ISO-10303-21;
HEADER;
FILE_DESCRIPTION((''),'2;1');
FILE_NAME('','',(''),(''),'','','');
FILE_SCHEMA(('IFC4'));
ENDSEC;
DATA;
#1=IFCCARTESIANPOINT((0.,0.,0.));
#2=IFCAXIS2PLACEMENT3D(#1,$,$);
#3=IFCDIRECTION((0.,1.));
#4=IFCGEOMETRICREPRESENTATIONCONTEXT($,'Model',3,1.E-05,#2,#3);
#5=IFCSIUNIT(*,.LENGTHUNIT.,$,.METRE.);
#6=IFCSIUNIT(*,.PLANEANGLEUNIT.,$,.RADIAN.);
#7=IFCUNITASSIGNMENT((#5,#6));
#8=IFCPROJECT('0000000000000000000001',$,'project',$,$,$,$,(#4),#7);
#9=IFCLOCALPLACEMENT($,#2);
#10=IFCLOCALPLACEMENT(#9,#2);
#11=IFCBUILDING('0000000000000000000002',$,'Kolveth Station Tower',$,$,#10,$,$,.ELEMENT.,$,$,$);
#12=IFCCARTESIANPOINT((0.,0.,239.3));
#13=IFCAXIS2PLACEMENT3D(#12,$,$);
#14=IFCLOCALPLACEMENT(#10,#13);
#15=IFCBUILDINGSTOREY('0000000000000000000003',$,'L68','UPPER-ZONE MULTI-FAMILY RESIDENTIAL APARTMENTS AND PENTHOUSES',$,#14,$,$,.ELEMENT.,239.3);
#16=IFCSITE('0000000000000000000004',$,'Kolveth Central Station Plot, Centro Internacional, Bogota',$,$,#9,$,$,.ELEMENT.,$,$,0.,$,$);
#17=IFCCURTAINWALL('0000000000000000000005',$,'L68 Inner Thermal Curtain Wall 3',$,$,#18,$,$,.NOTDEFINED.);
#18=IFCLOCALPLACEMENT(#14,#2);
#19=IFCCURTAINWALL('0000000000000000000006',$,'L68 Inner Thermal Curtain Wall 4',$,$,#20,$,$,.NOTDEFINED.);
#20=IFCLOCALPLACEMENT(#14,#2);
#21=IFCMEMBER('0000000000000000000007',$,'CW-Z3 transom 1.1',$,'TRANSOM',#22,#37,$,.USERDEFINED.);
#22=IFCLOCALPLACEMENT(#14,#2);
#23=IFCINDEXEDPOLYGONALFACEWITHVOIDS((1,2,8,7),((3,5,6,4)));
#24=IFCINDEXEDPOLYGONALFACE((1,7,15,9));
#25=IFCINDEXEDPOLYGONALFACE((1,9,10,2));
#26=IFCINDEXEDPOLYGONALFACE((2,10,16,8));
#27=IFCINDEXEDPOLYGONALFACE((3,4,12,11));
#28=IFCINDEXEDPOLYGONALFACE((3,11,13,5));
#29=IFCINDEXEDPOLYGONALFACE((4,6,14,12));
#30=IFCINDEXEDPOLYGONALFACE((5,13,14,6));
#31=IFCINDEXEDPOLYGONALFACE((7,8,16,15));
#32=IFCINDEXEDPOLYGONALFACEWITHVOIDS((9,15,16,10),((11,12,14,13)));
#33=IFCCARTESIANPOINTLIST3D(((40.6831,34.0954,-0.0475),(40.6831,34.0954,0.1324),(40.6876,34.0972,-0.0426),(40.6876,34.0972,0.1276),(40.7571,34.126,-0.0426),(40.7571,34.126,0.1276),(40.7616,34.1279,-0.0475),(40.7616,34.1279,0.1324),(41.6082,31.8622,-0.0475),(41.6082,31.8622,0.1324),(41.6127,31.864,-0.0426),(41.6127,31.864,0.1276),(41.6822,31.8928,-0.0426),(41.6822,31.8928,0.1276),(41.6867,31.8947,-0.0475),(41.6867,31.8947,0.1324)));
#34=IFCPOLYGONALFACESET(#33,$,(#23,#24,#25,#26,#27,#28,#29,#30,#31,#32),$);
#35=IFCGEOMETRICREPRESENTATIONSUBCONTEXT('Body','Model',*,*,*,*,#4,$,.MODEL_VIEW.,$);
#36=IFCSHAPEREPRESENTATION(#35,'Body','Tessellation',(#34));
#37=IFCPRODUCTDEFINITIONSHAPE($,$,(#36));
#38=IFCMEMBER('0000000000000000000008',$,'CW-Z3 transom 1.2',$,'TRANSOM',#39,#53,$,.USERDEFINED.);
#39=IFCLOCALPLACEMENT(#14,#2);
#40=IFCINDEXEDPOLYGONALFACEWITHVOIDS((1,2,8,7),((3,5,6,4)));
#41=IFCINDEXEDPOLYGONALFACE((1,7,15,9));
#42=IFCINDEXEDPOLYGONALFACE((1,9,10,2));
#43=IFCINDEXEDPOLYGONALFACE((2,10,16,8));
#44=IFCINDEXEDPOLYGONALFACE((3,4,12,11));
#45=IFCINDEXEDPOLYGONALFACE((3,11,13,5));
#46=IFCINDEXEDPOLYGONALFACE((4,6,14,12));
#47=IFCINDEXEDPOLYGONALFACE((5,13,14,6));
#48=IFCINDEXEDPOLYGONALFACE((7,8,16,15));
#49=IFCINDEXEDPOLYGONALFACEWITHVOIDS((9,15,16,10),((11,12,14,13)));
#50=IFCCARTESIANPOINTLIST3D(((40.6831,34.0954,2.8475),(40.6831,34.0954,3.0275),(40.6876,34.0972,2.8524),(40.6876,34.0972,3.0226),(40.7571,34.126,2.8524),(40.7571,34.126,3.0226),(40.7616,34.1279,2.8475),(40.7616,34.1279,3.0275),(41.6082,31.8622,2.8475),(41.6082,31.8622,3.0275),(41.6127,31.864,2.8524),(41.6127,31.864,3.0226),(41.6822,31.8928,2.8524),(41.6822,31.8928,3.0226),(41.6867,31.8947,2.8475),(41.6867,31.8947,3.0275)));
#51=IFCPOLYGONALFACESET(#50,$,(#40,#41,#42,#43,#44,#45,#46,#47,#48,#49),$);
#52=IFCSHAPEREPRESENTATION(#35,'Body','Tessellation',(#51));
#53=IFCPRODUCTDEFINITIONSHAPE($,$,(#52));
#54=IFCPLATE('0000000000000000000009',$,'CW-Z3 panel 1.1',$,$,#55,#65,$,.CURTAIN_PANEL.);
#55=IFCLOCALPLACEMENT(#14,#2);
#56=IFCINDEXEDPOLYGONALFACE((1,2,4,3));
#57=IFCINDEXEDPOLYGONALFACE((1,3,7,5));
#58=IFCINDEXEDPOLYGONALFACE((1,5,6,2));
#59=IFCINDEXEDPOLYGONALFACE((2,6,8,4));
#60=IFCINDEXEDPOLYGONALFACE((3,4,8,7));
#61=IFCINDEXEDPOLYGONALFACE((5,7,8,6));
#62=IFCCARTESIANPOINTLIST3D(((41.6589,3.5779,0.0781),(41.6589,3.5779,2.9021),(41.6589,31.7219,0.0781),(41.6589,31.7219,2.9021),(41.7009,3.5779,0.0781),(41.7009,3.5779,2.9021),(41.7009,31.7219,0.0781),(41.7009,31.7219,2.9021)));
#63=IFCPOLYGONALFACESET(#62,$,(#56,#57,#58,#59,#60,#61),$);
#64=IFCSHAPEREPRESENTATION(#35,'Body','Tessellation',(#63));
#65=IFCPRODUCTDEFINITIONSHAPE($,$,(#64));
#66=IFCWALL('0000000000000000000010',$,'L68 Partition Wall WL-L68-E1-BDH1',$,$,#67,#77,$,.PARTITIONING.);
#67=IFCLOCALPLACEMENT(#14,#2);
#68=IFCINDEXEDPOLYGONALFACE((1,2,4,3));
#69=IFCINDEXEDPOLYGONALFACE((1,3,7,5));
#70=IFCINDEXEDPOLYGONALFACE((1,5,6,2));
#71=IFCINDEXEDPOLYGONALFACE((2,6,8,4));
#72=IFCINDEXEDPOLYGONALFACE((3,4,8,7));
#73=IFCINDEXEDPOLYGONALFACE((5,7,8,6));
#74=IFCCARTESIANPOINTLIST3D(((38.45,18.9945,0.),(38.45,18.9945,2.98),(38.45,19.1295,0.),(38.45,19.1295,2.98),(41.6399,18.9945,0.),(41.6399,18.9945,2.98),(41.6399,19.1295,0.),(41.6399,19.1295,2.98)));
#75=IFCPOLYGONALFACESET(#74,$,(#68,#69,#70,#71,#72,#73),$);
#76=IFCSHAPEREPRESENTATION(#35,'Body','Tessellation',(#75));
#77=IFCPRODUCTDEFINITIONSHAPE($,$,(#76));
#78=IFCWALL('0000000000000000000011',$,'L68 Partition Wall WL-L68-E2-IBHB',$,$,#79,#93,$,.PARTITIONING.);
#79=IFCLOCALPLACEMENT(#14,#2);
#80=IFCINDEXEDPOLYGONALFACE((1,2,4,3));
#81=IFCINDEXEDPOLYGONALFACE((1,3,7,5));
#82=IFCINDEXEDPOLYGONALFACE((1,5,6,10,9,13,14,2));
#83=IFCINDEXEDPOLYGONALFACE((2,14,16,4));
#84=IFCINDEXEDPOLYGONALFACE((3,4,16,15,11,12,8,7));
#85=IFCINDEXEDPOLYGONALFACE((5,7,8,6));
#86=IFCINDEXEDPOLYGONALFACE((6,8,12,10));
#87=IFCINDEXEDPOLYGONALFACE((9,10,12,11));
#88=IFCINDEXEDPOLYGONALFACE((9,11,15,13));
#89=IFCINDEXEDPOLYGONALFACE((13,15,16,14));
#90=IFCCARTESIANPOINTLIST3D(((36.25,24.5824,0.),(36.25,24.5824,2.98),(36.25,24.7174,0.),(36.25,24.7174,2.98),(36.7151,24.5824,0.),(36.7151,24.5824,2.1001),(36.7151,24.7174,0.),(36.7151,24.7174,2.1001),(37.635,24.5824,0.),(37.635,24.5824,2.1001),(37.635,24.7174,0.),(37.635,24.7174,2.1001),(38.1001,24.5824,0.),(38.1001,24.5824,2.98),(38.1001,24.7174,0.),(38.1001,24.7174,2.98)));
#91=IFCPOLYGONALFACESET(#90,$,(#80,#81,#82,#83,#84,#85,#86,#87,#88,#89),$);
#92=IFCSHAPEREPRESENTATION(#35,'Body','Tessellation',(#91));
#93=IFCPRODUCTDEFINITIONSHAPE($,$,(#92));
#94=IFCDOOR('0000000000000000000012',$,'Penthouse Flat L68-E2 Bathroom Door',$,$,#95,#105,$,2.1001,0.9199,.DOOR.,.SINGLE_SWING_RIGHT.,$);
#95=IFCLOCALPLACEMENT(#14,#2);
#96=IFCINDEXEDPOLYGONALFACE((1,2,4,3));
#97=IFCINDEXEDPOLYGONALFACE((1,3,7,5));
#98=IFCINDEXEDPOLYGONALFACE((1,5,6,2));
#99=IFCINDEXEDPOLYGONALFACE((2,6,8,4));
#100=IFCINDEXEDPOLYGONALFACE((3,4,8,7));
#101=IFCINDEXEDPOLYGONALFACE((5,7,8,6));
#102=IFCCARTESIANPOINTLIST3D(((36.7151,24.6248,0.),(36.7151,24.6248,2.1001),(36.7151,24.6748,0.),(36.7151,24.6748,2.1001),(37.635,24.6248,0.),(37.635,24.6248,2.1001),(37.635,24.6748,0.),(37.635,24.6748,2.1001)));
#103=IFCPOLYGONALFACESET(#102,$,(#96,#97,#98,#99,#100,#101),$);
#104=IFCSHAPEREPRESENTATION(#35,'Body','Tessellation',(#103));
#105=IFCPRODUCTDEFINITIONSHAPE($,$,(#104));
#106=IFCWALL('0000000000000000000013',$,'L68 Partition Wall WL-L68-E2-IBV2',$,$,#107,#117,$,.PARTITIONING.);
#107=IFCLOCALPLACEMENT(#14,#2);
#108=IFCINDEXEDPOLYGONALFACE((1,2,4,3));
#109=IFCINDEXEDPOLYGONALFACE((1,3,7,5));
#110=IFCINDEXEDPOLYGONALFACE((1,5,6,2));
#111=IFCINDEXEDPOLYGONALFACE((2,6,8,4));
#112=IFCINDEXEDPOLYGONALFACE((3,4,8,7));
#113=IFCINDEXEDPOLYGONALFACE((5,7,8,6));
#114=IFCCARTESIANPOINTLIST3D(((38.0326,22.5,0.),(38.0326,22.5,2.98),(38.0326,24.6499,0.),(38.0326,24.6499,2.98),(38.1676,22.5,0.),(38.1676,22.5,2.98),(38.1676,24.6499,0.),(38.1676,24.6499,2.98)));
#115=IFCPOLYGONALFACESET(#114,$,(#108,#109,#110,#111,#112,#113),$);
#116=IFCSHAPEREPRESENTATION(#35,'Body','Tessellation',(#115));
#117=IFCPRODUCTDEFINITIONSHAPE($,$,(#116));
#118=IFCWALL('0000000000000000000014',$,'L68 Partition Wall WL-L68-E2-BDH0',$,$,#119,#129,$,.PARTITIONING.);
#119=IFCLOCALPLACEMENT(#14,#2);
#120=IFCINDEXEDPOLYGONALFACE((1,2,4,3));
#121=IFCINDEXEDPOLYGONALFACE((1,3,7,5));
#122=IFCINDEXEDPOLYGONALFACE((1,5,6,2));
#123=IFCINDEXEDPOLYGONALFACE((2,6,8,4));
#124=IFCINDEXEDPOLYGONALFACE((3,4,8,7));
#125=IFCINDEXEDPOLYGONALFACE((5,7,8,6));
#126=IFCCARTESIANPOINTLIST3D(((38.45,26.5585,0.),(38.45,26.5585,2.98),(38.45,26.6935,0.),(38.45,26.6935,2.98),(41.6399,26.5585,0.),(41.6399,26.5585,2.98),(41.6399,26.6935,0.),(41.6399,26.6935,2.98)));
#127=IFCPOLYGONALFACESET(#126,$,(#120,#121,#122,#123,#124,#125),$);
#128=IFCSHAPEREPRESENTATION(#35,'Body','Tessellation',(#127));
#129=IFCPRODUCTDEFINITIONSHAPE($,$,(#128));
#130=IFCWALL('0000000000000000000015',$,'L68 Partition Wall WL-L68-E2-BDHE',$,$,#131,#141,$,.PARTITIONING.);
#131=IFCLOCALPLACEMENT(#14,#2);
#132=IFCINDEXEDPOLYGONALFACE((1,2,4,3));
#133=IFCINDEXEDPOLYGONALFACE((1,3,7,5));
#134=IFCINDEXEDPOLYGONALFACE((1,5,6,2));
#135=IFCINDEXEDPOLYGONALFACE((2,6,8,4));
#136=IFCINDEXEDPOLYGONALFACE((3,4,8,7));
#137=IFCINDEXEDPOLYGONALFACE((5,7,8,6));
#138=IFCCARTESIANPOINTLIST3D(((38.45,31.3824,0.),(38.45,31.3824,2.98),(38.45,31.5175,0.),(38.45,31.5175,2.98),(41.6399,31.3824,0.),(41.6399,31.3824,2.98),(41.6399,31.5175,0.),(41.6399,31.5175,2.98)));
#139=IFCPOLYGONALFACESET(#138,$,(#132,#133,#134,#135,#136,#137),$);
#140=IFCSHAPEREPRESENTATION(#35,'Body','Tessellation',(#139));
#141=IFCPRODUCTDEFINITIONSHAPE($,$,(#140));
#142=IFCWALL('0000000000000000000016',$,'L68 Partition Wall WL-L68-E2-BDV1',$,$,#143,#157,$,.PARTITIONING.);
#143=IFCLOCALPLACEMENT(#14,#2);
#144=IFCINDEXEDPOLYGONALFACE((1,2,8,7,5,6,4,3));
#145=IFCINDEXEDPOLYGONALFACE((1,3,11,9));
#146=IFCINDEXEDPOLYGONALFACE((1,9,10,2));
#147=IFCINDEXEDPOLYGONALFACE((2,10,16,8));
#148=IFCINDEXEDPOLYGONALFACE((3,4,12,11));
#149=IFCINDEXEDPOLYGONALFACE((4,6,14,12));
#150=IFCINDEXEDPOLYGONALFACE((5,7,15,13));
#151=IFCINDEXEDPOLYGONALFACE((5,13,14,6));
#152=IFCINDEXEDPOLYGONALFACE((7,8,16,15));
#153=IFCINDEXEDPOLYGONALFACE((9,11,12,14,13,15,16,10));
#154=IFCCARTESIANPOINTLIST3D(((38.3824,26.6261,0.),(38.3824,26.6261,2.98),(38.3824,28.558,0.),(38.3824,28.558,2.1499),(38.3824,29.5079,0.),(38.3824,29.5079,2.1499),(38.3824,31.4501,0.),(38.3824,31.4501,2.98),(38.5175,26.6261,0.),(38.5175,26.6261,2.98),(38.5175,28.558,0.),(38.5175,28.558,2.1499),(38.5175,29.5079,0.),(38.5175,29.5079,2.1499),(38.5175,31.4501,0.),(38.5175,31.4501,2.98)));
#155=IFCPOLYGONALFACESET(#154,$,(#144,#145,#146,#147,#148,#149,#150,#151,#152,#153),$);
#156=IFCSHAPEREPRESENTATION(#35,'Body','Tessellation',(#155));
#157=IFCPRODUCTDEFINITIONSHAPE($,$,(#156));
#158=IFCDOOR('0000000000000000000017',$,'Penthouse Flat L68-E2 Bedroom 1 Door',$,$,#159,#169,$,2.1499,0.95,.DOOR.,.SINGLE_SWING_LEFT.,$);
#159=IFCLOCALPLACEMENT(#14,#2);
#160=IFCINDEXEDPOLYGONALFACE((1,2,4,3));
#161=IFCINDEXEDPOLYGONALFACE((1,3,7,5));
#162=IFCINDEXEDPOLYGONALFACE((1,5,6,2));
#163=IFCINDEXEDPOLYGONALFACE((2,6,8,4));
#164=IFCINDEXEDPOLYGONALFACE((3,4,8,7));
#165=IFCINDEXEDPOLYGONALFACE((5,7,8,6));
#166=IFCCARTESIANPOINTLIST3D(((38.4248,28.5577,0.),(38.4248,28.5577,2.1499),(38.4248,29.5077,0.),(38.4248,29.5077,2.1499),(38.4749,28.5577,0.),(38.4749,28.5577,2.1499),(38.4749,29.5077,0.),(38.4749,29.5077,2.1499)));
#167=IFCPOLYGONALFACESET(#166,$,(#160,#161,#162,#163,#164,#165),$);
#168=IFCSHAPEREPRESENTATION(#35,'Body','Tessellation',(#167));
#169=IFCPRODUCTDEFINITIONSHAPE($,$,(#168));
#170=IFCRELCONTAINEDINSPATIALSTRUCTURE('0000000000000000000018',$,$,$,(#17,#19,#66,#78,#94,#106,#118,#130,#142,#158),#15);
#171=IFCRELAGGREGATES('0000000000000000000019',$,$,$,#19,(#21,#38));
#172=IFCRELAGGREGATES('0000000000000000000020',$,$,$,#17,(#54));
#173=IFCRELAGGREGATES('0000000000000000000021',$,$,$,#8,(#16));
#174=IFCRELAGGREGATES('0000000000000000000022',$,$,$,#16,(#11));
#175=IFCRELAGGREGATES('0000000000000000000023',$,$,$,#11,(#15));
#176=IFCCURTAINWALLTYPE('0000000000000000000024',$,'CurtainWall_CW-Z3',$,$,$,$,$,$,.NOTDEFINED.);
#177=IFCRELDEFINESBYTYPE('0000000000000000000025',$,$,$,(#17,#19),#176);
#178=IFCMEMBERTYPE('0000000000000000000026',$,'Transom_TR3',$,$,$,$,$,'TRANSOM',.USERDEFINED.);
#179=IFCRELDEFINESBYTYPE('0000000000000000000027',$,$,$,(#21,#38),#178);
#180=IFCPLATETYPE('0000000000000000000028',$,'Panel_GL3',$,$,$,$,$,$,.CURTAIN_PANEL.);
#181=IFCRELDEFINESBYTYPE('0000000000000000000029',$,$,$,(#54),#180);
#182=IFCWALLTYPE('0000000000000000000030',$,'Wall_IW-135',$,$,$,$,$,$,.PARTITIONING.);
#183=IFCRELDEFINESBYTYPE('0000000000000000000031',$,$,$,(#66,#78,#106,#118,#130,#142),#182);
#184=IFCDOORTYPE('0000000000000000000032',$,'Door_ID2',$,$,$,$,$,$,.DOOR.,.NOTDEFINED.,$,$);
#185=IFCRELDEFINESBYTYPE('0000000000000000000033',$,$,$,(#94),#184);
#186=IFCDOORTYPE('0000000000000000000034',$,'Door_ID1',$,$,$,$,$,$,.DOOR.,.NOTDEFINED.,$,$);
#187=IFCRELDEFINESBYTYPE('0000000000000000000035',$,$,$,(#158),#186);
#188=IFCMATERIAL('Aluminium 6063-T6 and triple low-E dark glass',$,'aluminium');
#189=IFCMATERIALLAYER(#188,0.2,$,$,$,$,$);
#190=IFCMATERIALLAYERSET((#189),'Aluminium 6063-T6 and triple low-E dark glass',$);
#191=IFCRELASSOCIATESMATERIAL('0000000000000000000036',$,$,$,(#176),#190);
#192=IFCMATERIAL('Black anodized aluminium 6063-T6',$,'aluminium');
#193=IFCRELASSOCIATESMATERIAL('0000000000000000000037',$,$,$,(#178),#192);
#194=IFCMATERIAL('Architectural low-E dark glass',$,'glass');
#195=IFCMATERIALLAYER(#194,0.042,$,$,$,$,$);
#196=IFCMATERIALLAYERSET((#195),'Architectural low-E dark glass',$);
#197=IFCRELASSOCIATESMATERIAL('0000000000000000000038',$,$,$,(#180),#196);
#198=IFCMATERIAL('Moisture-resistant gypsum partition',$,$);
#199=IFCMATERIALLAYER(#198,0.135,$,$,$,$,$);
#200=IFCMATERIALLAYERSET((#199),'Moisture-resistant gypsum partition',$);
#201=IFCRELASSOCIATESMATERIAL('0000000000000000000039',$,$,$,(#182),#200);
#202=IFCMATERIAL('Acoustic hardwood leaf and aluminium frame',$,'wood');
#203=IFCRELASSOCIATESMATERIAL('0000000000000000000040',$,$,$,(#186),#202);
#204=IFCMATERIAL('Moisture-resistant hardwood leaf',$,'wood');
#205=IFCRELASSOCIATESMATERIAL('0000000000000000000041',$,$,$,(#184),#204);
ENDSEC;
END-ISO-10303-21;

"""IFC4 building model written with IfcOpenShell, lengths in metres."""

from ifc_helpers import new_model, si_unit, direction, frame, frame_2d, origin, origin_2d, place, context, subcontext, project, spatial, rectangle, hollow_rectangle, extrude, source, transform, mapped, material, layer, layer_set, material_profile, profile_set, type_object, element, fill, aggregate, save


model = new_model("IFC4")

# Units and contexts
model_context = context("Model", 3, precision=1e-05, world=origin(), true_north=direction((0.0, 1.0)))
body_context = subcontext(model_context, "Body", "Model", "MODEL_VIEW")
ifc_project = project(units=[si_unit("LENGTHUNIT", "METRE"), si_unit("PLANEANGLEUNIT", "RADIAN")], contexts=[model_context])

# Site, building, storey
site_placement = place(None, origin())
site = spatial("IfcSite", under=ifc_project, at=site_placement, Name="Kolveth Central Station Plot, Centro Internacional, Bogota", CompositionType="ELEMENT", RefElevation=0.0)
building_placement = place(site_placement, origin())
building = spatial("IfcBuilding", under=site, at=building_placement, Name="Kolveth Station Tower", CompositionType="ELEMENT")
storey_placement = place(building_placement, frame((0.0, 0.0, 239.3)))
storey = spatial("IfcBuildingStorey", under=building, at=storey_placement, Name="L68", Description="UPPER-ZONE MULTI-FAMILY RESIDENTIAL APARTMENTS AND PENTHOUSES", CompositionType="ELEMENT", Elevation=239.3)

# Curtain wall
ifc_material_1 = material(Name="Black anodized aluminium 6063-T6", Category="aluminium")
ifc_material_2 = material(Name="Aluminium 6063-T6 and triple low-E dark glass", Category="aluminium")
ifc_layer_1 = layer(ifc_material_2, 0.2)
ifc_layer_set_1 = layer_set([ifc_layer_1], Name="Aluminium 6063-T6 and triple low-E dark glass")
curtain_wall_type_1 = type_object("IfcCurtainWallType", Name="CurtainWall_CW-Z3", PredefinedType="NOTDEFINED", material=ifc_layer_set_1)
curtain_wall_1_placement = place(storey_placement, origin())
curtain_wall_1 = element("IfcCurtainWall", 1, at=curtain_wall_1_placement, inside=storey, type_object=curtain_wall_type_1, Name="L68 Inner Thermal Curtain Wall 3", PredefinedType="NOTDEFINED")

# Curtain wall, members
curtain_wall_2_placement = place(storey_placement, origin())
curtain_wall_2 = element("IfcCurtainWall", 2, at=curtain_wall_2_placement, inside=storey, type_object=curtain_wall_type_1, Name="L68 Inner Thermal Curtain Wall 4", PredefinedType="NOTDEFINED")
ifc_material_profile_1 = material_profile(ifc_material_1, hollow_rectangle(XDim=0.085, YDim=0.1799, WallThickness=0.0049, at=origin_2d()), Name="ALU-85x180x5")
ifc_profile_set_1 = profile_set([ifc_material_profile_1], Name="Black anodized aluminium 6063-T6")
member_type_1 = type_object("IfcMemberType", Name="Transom_TR3", ElementType="TRANSOM", PredefinedType="USERDEFINED", material=ifc_profile_set_1)
shared_shape_1 = source(origin(), body_context, "Body", "SweptSolid", [
    extrude(hollow_rectangle(XDim=0.085, YDim=0.1799, WallThickness=0.0049, at=origin_2d()), origin(), (0.0, 0.0, 1.0), 2.4172),
])
member_1_placement = place(storey_placement, frame((41.6475, 31.8784, 0.0425), z_axis=(-0.3827, 0.923873, 0.0), x_axis=(-0.923873, -0.3827, 0.0)))
member_1 = element("IfcMember", 3, at=member_1_placement, type_object=member_type_1, Name="CW-Z3 transom 1.1", ObjectType="TRANSOM", PredefinedType="USERDEFINED", context=body_context, shape_type="MappedRepresentation", body=[
    mapped(shared_shape_1, transform((0.0, 0.0, 0.0), x_axis=(1.0, 0.0, 0.0), y_axis=(0.0, 1.0, 0.0), z_axis=(0.0, 0.0, 1.0), scale=1.0)),
])
member_2_placement = place(storey_placement, frame((41.6475, 31.8784, 2.9375), z_axis=(-0.3827, 0.923873, 0.0), x_axis=(-0.923873, -0.3827, 0.0)))
member_2 = element("IfcMember", 4, at=member_2_placement, type_object=member_type_1, Name="CW-Z3 transom 1.2", ObjectType="TRANSOM", PredefinedType="USERDEFINED", context=body_context, shape_type="MappedRepresentation", body=[
    mapped(shared_shape_1, transform((0.0, 0.0, 0.0), x_axis=(1.0, 0.0, 0.0), y_axis=(0.0, 1.0, 0.0), z_axis=(0.0, 0.0, 1.0), scale=1.0)),
])
aggregate(curtain_wall_2, [member_1, member_2])

# Plate
ifc_material_3 = material(Name="Architectural low-E dark glass", Category="glass")
ifc_layer_2 = layer(ifc_material_3, 0.042)
ifc_layer_set_2 = layer_set([ifc_layer_2], Name="Architectural low-E dark glass")
plate_type = type_object("IfcPlateType", Name="Panel_GL3", PredefinedType="CURTAIN_PANEL", material=ifc_layer_set_2)
shared_shape_2 = source(origin(), body_context, "Body", "SweptSolid", [
    extrude(rectangle(XDim=28.144, YDim=0.042, at=origin_2d()), origin(), (0.0, 0.0, 1.0), 2.824),
])
plate_placement = place(storey_placement, frame((41.6799, 17.6499, 0.0781), z_axis=(0.0, 0.0, 1.0), x_axis=(0.0, 1.0, 0.0)))
plate = element("IfcPlate", 5, at=plate_placement, type_object=plate_type, Name="CW-Z3 panel 1.1", PredefinedType="CURTAIN_PANEL", context=body_context, shape_type="MappedRepresentation", body=[
    mapped(shared_shape_2, transform((0.0, 0.0, 0.0), x_axis=(1.0, 0.0, 0.0), y_axis=(0.0, 1.0, 0.0), z_axis=(0.0, 0.0, 1.0), scale=1.0)),
])
aggregate(curtain_wall_1, [plate])

# Shared definitions
ifc_material_4 = material(Name="Moisture-resistant gypsum partition")
ifc_layer_3 = layer(ifc_material_4, 0.135)
ifc_layer_set_3 = layer_set([ifc_layer_3], Name="Moisture-resistant gypsum partition")
wall_type = type_object("IfcWallType", Name="Wall_IW-135", PredefinedType="PARTITIONING", material=ifc_layer_set_3)
ifc_material_5 = material(Name="Acoustic hardwood leaf and aluminium frame", Category="wood")
door_type_1 = type_object("IfcDoorType", Name="Door_ID1", OperationType="NOTDEFINED", PredefinedType="DOOR", material=ifc_material_5)

# Wall
wall_1_placement = place(storey_placement, frame((38.45, 19.062, 0.0), z_axis=(0.0, 0.0, 1.0), x_axis=(1.0, 0.0, 0.0)))
element("IfcWall", 6, at=wall_1_placement, inside=storey, type_object=wall_type, Name="L68 Partition Wall WL-L68-E1-BDH1", PredefinedType="PARTITIONING", context=body_context, shape_type="SweptSolid", body=[
    extrude(rectangle(XDim=3.1899, YDim=0.135, at=frame_2d((1.595, 0.0))), origin(), (0.0, 0.0, 1.0), 2.98),
])

# Wall, opening, door
wall_2_placement = place(storey_placement, frame((36.25, 24.6499, 0.0), z_axis=(0.0, 0.0, 1.0), x_axis=(1.0, 0.0, 0.0)))
wall_2 = element("IfcWall", 7, at=wall_2_placement, inside=storey, type_object=wall_type, Name="L68 Partition Wall WL-L68-E2-IBHB", PredefinedType="PARTITIONING", context=body_context, shape_type="SweptSolid", body=[
    extrude(rectangle(XDim=1.8501, YDim=0.135, at=frame_2d((0.925, 0.0))), origin(), (0.0, 0.0, 1.0), 2.98),
])
opening_1_placement = place(wall_2_placement, frame((0.4651, 0.0, 0.0)))
opening_1 = element("IfcOpeningElement", 8, at=opening_1_placement, cuts=wall_2, PredefinedType="OPENING", context=body_context, shape_type="SweptSolid", body=[
    extrude(rectangle(XDim=0.9199, YDim=2.1001, at=frame_2d((0.46, 1.05))), frame((0.0, 0.0774, 0.0), z_axis=(0.0, -1.0, 0.0), x_axis=(1.0, 0.0, 0.0)), (0.0, 0.0, 1.0), 0.155),
])
ifc_material_6 = material(Name="Moisture-resistant hardwood leaf", Category="wood")
door_type_2 = type_object("IfcDoorType", Name="Door_ID2", OperationType="NOTDEFINED", PredefinedType="DOOR", material=ifc_material_6)
door_1_placement = place(opening_1_placement, origin())
door_1 = element("IfcDoor", 9, at=door_1_placement, inside=storey, type_object=door_type_2, Name="Penthouse Flat L68-E2 Bathroom Door", OperationType="SINGLE_SWING_RIGHT", OverallHeight=2.1001, OverallWidth=0.9199, PredefinedType="DOOR", context=body_context, shape_type="SweptSolid", body=[
    extrude(rectangle(XDim=0.9199, YDim=2.1001, at=frame_2d((0.46, 1.05))), frame((0.0, 0.0249, 0.0), z_axis=(0.0, -1.0, 0.0), x_axis=(1.0, 0.0, 0.0)), (0.0, 0.0, 1.0), 0.05),
])
fill(opening_1, door_1)

# Walls
wall_3_placement = place(storey_placement, frame((38.1001, 22.5, 0.0), z_axis=(0.0, 0.0, 1.0), x_axis=(0.0, 1.0, 0.0)))
element("IfcWall", 10, at=wall_3_placement, inside=storey, type_object=wall_type, Name="L68 Partition Wall WL-L68-E2-IBV2", PredefinedType="PARTITIONING", context=body_context, shape_type="SweptSolid", body=[
    extrude(rectangle(XDim=2.1499, YDim=0.135, at=frame_2d((1.075, 0.0))), origin(), (0.0, 0.0, 1.0), 2.98),
])
for number, where, z_axis, x_axis, name in (
    (11, (38.45, 26.626, 0.0), (0.0, 0.0, 1.0), (1.0, 0.0, 0.0), "L68 Partition Wall WL-L68-E2-BDH0"),
    (12, (38.45, 31.45, 0.0), (0.0, 0.0, 1.0), (1.0, 0.0, 0.0), "L68 Partition Wall WL-L68-E2-BDHE"),
):
    element("IfcWall", number, at=place(storey_placement, frame(where, z_axis=z_axis, x_axis=x_axis)), inside=storey, type_object=wall_type, Name=name, PredefinedType="PARTITIONING", context=body_context, shape_type="SweptSolid", body=[
        extrude(rectangle(XDim=3.1899, YDim=0.135, at=frame_2d((1.595, 0.0))), origin(), (0.0, 0.0, 1.0), 2.98),
    ])

# Wall, opening, door
wall_4_placement = place(storey_placement, frame((38.45, 26.626, 0.0), z_axis=(0.0, 0.0, 1.0), x_axis=(0.0, 1.0, 0.0)))
wall_4 = element("IfcWall", 13, at=wall_4_placement, inside=storey, type_object=wall_type, Name="L68 Partition Wall WL-L68-E2-BDV1", PredefinedType="PARTITIONING", context=body_context, shape_type="SweptSolid", body=[
    extrude(rectangle(XDim=4.824, YDim=0.135, at=frame_2d((2.4121, 0.0))), origin(), (0.0, 0.0, 1.0), 2.98),
])
opening_2_placement = place(wall_4_placement, frame((1.9319, 0.0, 0.0)))
opening_2 = element("IfcOpeningElement", 14, at=opening_2_placement, cuts=wall_4, PredefinedType="OPENING", context=body_context, shape_type="SweptSolid", body=[
    extrude(rectangle(XDim=0.95, YDim=2.1499, at=frame_2d((0.4751, 1.075))), frame((0.0, 0.0774, 0.0), z_axis=(0.0, -1.0, 0.0), x_axis=(1.0, 0.0, 0.0)), (0.0, 0.0, 1.0), 0.155),
])
door_2_placement = place(opening_2_placement, frame((0.95, 0.0, 0.0), z_axis=(0.0, 0.0, 1.0), x_axis=(-1.0, 0.0, 0.0)))
door_2 = element("IfcDoor", 15, at=door_2_placement, inside=storey, type_object=door_type_1, Name="Penthouse Flat L68-E2 Bedroom 1 Door", OperationType="SINGLE_SWING_LEFT", OverallHeight=2.1499, OverallWidth=0.95, PredefinedType="DOOR", context=body_context, shape_type="SweptSolid", body=[
    extrude(rectangle(XDim=0.95, YDim=2.1499, at=frame_2d((0.4751, 1.075))), frame((0.0, 0.0249, 0.0), z_axis=(0.0, -1.0, 0.0), x_axis=(1.0, 0.0, 0.0)), (0.0, 0.0, 1.0), 0.05),
])
fill(opening_2, door_2)

save(model, "model.ifc")
